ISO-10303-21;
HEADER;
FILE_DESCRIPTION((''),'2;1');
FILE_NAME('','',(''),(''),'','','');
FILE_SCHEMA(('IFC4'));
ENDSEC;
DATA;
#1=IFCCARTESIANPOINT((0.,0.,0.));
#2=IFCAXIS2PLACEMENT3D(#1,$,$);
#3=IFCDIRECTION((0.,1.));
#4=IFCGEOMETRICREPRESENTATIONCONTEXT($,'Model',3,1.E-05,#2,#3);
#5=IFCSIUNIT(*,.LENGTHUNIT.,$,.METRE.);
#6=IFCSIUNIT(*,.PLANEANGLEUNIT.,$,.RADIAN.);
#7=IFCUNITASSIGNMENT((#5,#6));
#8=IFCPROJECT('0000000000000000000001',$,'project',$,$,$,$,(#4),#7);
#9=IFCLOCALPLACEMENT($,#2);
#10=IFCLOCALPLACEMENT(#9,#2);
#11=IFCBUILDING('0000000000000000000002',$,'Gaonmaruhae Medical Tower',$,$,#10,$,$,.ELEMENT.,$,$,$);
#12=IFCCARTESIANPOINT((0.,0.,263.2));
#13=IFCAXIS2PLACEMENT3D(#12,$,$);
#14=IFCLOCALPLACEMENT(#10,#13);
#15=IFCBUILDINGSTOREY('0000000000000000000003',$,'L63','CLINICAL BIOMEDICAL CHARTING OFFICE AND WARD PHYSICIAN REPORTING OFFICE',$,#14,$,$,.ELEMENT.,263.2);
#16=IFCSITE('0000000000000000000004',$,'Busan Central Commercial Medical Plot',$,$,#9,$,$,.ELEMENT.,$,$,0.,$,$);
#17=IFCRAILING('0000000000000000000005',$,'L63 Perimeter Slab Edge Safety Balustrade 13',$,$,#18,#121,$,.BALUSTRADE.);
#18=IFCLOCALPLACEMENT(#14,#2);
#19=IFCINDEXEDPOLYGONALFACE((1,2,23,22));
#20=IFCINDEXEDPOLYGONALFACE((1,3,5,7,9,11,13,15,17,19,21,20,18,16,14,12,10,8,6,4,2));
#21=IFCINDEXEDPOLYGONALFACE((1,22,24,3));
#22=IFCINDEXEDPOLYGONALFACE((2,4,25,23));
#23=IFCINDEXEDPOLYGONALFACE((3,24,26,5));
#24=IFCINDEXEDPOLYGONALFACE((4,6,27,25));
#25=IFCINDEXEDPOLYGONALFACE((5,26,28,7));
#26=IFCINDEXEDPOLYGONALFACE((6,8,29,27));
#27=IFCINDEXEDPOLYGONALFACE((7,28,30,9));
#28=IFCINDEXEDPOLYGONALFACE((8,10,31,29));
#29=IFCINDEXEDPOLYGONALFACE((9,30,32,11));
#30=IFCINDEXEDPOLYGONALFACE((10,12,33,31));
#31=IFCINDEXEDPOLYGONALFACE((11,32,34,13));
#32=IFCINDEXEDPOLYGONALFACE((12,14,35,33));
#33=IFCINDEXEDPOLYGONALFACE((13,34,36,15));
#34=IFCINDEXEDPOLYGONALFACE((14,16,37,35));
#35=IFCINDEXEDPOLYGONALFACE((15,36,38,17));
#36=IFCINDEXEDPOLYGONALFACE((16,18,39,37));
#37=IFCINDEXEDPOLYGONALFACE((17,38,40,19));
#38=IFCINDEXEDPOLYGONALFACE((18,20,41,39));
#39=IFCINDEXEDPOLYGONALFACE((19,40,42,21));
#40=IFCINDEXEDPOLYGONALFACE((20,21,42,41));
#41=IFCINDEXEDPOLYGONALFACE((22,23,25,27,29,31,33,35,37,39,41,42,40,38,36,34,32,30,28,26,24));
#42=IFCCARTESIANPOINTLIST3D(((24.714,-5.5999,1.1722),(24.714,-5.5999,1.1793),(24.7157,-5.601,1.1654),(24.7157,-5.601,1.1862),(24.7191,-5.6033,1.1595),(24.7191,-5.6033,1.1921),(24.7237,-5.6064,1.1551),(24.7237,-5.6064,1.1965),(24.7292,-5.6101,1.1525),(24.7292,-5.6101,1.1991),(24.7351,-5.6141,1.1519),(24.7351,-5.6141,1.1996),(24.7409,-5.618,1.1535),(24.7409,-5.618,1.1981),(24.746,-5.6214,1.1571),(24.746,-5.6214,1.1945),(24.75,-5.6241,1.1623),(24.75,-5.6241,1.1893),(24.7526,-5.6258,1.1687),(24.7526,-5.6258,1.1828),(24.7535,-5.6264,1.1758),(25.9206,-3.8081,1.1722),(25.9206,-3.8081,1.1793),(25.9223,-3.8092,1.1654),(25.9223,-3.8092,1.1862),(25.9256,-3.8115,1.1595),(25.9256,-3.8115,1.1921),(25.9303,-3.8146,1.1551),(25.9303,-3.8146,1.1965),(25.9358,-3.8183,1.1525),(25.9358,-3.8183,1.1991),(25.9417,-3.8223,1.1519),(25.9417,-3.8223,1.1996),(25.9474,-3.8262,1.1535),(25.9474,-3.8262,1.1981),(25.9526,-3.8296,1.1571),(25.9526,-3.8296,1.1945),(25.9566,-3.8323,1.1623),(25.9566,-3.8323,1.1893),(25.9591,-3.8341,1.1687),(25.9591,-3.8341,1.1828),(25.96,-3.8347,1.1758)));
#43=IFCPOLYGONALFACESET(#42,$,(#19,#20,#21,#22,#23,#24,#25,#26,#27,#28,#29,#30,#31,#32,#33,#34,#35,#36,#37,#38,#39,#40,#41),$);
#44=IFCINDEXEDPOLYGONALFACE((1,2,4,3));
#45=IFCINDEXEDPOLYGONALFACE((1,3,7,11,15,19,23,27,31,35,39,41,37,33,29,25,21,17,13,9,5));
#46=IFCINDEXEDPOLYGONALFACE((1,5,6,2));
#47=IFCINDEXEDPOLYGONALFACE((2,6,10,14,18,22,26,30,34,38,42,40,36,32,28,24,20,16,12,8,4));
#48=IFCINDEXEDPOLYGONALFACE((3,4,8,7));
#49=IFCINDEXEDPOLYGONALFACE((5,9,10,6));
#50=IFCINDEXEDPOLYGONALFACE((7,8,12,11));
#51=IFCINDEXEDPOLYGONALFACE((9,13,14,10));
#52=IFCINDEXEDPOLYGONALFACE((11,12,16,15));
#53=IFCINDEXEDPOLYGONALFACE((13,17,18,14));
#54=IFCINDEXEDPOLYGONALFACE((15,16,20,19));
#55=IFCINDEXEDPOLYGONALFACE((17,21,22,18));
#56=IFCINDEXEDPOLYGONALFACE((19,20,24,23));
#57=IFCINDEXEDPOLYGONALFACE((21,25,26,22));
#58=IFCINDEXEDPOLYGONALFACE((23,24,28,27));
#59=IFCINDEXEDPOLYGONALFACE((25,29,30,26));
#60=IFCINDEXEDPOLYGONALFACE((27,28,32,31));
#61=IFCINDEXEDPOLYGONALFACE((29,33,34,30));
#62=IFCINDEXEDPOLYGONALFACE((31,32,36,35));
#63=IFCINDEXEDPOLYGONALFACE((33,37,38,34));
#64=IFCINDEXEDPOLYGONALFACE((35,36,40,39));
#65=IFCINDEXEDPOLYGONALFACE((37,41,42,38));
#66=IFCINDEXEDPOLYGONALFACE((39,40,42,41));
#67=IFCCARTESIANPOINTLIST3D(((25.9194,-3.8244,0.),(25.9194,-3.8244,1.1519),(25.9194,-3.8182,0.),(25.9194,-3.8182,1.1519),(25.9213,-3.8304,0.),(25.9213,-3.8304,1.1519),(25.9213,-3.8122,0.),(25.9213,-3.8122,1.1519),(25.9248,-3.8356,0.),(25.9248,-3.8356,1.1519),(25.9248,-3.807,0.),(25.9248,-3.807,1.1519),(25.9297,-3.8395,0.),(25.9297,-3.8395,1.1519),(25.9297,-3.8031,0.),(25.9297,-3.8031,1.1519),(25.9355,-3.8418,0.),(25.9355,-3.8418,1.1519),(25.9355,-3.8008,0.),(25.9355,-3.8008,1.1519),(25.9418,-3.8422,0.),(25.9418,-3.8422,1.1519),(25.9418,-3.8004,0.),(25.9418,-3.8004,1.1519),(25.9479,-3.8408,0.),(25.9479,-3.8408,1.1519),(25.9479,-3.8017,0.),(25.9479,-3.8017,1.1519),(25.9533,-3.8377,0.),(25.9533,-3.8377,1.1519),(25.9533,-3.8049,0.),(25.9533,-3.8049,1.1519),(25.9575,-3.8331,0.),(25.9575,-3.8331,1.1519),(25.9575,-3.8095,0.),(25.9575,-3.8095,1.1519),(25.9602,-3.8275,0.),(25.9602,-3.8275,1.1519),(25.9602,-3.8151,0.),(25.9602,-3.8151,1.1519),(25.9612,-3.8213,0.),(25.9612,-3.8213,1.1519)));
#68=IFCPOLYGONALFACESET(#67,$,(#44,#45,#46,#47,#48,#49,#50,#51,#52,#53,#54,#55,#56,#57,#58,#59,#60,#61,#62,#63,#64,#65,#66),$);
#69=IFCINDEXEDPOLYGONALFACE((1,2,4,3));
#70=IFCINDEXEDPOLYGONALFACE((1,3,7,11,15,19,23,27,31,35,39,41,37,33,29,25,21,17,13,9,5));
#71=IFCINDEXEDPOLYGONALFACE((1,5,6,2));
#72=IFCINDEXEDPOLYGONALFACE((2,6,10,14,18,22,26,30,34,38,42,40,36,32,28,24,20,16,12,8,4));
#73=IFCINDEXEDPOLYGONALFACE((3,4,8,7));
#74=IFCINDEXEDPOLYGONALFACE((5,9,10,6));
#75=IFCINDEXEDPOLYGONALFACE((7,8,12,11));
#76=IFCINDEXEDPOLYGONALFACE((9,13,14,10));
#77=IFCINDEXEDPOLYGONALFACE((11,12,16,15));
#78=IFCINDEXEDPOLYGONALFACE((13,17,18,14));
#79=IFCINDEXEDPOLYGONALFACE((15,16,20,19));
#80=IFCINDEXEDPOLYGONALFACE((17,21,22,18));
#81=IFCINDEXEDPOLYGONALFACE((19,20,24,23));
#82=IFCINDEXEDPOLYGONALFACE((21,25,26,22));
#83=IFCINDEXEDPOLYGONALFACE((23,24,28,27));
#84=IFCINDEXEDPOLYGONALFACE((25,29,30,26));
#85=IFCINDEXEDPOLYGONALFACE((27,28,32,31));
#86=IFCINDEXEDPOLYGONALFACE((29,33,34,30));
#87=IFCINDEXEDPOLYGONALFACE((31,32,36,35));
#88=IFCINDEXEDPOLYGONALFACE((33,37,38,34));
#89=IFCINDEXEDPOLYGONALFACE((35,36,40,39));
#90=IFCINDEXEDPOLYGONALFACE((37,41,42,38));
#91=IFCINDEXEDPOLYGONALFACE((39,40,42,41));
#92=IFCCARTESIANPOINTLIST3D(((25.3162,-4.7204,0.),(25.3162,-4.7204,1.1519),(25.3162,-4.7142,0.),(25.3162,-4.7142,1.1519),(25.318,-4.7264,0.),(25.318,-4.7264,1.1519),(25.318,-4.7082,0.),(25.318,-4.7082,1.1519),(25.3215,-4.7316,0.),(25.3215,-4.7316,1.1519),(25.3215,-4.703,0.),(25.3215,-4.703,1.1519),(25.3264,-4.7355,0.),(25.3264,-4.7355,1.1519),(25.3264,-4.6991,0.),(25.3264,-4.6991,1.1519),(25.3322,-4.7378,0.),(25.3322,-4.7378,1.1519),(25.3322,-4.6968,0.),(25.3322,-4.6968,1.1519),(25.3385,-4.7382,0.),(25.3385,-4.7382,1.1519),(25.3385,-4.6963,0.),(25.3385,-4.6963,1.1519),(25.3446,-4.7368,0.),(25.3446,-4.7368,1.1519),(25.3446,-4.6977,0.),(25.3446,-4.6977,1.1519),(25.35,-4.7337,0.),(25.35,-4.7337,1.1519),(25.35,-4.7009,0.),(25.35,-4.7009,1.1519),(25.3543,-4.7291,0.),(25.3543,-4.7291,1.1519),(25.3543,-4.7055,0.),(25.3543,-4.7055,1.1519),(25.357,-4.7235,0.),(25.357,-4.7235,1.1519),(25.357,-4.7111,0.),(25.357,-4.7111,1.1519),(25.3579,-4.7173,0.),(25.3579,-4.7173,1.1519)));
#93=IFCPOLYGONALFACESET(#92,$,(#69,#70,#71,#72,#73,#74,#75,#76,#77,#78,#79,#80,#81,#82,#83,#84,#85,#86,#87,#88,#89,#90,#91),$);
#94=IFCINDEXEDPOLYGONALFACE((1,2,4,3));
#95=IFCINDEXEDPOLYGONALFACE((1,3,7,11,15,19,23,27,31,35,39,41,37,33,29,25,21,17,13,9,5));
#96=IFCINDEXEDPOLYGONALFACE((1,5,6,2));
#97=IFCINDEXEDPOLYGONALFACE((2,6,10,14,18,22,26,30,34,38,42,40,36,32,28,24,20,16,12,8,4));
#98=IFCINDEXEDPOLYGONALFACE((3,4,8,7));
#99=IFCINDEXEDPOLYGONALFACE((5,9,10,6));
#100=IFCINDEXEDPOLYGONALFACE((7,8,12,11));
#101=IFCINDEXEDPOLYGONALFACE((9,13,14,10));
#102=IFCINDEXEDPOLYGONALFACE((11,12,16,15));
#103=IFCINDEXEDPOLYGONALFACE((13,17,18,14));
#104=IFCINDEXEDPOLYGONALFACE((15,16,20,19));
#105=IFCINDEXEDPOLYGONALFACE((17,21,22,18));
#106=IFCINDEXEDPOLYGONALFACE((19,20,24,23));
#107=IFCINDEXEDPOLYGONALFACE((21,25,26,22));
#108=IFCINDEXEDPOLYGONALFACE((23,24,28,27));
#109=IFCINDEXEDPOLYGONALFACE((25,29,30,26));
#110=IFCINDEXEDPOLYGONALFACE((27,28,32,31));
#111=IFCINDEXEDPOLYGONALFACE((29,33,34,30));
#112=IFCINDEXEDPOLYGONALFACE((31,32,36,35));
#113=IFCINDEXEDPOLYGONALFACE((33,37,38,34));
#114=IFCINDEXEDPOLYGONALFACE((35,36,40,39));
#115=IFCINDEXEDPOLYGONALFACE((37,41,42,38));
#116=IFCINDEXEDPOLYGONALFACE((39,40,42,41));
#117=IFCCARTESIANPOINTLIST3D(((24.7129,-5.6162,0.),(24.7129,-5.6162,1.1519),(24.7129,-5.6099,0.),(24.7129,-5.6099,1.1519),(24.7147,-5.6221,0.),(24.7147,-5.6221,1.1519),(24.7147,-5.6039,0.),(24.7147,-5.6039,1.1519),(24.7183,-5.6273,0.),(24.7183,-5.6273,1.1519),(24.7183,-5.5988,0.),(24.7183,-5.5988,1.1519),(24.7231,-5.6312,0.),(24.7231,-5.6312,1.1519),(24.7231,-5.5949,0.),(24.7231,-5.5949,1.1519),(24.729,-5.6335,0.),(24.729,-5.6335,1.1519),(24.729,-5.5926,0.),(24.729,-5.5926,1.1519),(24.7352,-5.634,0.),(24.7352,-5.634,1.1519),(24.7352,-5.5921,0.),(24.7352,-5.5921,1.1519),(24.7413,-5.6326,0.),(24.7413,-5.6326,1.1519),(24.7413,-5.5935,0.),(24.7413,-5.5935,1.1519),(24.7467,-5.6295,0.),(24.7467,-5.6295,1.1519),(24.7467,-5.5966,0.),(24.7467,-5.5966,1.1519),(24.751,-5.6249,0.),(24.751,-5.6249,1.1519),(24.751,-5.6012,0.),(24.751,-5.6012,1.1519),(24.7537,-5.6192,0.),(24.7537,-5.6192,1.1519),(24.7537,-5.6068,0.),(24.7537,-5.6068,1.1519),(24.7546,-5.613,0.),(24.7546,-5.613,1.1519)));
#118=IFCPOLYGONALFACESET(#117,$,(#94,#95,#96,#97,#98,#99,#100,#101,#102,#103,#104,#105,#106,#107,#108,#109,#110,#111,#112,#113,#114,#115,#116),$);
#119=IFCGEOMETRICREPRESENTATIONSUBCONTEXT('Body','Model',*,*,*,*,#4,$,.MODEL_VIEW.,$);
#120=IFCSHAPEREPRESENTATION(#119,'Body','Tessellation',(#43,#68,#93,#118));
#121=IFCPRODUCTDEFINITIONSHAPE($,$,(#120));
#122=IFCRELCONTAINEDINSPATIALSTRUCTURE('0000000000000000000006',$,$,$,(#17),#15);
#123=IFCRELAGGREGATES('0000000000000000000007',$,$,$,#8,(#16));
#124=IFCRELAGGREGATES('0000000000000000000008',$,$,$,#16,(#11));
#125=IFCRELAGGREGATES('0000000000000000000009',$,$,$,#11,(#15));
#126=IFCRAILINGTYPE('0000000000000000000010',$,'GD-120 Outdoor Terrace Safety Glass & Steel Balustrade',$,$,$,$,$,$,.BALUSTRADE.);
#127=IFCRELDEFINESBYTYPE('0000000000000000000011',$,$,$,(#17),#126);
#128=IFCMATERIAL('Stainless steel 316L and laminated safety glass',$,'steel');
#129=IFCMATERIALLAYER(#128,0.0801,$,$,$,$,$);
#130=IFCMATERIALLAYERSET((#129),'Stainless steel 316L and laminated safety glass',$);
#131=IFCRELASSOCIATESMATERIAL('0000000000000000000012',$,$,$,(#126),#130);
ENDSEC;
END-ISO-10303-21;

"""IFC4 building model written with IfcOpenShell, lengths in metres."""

from ifc_helpers import new_model, si_unit, direction, frame, origin, origin_2d, place, context, subcontext, project, spatial, circle, extrude, material, layer, layer_set, type_object, element, save


model = new_model("IFC4")

# Units and contexts
model_context = context("Model", 3, precision=1e-05, world=origin(), true_north=direction((0.0, 1.0)))
body_context = subcontext(model_context, "Body", "Model", "MODEL_VIEW")
ifc_project = project(units=[si_unit("LENGTHUNIT", "METRE"), si_unit("PLANEANGLEUNIT", "RADIAN")], contexts=[model_context])

# Site, building, storey
site_placement = place(None, origin())
site = spatial("IfcSite", under=ifc_project, at=site_placement, Name="Busan Central Commercial Medical Plot", CompositionType="ELEMENT", RefElevation=0.0)
building_placement = place(site_placement, origin())
building = spatial("IfcBuilding", under=site, at=building_placement, Name="Gaonmaruhae Medical Tower", CompositionType="ELEMENT")
storey_placement = place(building_placement, frame((0.0, 0.0, 263.2)))
storey = spatial("IfcBuildingStorey", under=building, at=storey_placement, Name="L63", Description="CLINICAL BIOMEDICAL CHARTING OFFICE AND WARD PHYSICIAN REPORTING OFFICE", CompositionType="ELEMENT", Elevation=263.2)

# Railing
ifc_material_1 = material(Name="Stainless steel 316L and laminated safety glass", Category="steel")
ifc_layer_1 = layer(ifc_material_1, 0.0801)
ifc_layer_set_1 = layer_set([ifc_layer_1], Name="Stainless steel 316L and laminated safety glass")
railing_type = type_object("IfcRailingType", Name="GD-120 Outdoor Terrace Safety Glass & Steel Balustrade", PredefinedType="BALUSTRADE", material=ifc_layer_set_1)
railing_1_placement = place(storey_placement, frame((25.9402, -3.8213, 0.0)))
element("IfcRailing", 1, at=railing_1_placement, inside=storey, type_object=railing_type, Name="L63 Perimeter Slab Edge Safety Balustrade 13", PredefinedType="BALUSTRADE", context=body_context, shape_type="SweptSolid", body=[
    extrude(circle(Radius=0.0239, at=origin_2d()), frame((0.0, 0.0, 1.1758), z_axis=(-0.558554, -0.829468, 0.0), x_axis=(0.829468, -0.558554, 0.0)), (0.0, 0.0, 1.0), 2.1602),
    extrude(circle(Radius=0.021, at=origin_2d()), origin(), (0.0, 0.0, 1.0), 1.1519),
    extrude(circle(Radius=0.021, at=origin_2d()), frame((-0.6033, -0.896, 0.0)), (0.0, 0.0, 1.0), 1.1519),
    extrude(circle(Radius=0.021, at=origin_2d()), frame((-1.2065, -1.7917, 0.0)), (0.0, 0.0, 1.0), 1.1519),
])

save(model, "model.ifc")
